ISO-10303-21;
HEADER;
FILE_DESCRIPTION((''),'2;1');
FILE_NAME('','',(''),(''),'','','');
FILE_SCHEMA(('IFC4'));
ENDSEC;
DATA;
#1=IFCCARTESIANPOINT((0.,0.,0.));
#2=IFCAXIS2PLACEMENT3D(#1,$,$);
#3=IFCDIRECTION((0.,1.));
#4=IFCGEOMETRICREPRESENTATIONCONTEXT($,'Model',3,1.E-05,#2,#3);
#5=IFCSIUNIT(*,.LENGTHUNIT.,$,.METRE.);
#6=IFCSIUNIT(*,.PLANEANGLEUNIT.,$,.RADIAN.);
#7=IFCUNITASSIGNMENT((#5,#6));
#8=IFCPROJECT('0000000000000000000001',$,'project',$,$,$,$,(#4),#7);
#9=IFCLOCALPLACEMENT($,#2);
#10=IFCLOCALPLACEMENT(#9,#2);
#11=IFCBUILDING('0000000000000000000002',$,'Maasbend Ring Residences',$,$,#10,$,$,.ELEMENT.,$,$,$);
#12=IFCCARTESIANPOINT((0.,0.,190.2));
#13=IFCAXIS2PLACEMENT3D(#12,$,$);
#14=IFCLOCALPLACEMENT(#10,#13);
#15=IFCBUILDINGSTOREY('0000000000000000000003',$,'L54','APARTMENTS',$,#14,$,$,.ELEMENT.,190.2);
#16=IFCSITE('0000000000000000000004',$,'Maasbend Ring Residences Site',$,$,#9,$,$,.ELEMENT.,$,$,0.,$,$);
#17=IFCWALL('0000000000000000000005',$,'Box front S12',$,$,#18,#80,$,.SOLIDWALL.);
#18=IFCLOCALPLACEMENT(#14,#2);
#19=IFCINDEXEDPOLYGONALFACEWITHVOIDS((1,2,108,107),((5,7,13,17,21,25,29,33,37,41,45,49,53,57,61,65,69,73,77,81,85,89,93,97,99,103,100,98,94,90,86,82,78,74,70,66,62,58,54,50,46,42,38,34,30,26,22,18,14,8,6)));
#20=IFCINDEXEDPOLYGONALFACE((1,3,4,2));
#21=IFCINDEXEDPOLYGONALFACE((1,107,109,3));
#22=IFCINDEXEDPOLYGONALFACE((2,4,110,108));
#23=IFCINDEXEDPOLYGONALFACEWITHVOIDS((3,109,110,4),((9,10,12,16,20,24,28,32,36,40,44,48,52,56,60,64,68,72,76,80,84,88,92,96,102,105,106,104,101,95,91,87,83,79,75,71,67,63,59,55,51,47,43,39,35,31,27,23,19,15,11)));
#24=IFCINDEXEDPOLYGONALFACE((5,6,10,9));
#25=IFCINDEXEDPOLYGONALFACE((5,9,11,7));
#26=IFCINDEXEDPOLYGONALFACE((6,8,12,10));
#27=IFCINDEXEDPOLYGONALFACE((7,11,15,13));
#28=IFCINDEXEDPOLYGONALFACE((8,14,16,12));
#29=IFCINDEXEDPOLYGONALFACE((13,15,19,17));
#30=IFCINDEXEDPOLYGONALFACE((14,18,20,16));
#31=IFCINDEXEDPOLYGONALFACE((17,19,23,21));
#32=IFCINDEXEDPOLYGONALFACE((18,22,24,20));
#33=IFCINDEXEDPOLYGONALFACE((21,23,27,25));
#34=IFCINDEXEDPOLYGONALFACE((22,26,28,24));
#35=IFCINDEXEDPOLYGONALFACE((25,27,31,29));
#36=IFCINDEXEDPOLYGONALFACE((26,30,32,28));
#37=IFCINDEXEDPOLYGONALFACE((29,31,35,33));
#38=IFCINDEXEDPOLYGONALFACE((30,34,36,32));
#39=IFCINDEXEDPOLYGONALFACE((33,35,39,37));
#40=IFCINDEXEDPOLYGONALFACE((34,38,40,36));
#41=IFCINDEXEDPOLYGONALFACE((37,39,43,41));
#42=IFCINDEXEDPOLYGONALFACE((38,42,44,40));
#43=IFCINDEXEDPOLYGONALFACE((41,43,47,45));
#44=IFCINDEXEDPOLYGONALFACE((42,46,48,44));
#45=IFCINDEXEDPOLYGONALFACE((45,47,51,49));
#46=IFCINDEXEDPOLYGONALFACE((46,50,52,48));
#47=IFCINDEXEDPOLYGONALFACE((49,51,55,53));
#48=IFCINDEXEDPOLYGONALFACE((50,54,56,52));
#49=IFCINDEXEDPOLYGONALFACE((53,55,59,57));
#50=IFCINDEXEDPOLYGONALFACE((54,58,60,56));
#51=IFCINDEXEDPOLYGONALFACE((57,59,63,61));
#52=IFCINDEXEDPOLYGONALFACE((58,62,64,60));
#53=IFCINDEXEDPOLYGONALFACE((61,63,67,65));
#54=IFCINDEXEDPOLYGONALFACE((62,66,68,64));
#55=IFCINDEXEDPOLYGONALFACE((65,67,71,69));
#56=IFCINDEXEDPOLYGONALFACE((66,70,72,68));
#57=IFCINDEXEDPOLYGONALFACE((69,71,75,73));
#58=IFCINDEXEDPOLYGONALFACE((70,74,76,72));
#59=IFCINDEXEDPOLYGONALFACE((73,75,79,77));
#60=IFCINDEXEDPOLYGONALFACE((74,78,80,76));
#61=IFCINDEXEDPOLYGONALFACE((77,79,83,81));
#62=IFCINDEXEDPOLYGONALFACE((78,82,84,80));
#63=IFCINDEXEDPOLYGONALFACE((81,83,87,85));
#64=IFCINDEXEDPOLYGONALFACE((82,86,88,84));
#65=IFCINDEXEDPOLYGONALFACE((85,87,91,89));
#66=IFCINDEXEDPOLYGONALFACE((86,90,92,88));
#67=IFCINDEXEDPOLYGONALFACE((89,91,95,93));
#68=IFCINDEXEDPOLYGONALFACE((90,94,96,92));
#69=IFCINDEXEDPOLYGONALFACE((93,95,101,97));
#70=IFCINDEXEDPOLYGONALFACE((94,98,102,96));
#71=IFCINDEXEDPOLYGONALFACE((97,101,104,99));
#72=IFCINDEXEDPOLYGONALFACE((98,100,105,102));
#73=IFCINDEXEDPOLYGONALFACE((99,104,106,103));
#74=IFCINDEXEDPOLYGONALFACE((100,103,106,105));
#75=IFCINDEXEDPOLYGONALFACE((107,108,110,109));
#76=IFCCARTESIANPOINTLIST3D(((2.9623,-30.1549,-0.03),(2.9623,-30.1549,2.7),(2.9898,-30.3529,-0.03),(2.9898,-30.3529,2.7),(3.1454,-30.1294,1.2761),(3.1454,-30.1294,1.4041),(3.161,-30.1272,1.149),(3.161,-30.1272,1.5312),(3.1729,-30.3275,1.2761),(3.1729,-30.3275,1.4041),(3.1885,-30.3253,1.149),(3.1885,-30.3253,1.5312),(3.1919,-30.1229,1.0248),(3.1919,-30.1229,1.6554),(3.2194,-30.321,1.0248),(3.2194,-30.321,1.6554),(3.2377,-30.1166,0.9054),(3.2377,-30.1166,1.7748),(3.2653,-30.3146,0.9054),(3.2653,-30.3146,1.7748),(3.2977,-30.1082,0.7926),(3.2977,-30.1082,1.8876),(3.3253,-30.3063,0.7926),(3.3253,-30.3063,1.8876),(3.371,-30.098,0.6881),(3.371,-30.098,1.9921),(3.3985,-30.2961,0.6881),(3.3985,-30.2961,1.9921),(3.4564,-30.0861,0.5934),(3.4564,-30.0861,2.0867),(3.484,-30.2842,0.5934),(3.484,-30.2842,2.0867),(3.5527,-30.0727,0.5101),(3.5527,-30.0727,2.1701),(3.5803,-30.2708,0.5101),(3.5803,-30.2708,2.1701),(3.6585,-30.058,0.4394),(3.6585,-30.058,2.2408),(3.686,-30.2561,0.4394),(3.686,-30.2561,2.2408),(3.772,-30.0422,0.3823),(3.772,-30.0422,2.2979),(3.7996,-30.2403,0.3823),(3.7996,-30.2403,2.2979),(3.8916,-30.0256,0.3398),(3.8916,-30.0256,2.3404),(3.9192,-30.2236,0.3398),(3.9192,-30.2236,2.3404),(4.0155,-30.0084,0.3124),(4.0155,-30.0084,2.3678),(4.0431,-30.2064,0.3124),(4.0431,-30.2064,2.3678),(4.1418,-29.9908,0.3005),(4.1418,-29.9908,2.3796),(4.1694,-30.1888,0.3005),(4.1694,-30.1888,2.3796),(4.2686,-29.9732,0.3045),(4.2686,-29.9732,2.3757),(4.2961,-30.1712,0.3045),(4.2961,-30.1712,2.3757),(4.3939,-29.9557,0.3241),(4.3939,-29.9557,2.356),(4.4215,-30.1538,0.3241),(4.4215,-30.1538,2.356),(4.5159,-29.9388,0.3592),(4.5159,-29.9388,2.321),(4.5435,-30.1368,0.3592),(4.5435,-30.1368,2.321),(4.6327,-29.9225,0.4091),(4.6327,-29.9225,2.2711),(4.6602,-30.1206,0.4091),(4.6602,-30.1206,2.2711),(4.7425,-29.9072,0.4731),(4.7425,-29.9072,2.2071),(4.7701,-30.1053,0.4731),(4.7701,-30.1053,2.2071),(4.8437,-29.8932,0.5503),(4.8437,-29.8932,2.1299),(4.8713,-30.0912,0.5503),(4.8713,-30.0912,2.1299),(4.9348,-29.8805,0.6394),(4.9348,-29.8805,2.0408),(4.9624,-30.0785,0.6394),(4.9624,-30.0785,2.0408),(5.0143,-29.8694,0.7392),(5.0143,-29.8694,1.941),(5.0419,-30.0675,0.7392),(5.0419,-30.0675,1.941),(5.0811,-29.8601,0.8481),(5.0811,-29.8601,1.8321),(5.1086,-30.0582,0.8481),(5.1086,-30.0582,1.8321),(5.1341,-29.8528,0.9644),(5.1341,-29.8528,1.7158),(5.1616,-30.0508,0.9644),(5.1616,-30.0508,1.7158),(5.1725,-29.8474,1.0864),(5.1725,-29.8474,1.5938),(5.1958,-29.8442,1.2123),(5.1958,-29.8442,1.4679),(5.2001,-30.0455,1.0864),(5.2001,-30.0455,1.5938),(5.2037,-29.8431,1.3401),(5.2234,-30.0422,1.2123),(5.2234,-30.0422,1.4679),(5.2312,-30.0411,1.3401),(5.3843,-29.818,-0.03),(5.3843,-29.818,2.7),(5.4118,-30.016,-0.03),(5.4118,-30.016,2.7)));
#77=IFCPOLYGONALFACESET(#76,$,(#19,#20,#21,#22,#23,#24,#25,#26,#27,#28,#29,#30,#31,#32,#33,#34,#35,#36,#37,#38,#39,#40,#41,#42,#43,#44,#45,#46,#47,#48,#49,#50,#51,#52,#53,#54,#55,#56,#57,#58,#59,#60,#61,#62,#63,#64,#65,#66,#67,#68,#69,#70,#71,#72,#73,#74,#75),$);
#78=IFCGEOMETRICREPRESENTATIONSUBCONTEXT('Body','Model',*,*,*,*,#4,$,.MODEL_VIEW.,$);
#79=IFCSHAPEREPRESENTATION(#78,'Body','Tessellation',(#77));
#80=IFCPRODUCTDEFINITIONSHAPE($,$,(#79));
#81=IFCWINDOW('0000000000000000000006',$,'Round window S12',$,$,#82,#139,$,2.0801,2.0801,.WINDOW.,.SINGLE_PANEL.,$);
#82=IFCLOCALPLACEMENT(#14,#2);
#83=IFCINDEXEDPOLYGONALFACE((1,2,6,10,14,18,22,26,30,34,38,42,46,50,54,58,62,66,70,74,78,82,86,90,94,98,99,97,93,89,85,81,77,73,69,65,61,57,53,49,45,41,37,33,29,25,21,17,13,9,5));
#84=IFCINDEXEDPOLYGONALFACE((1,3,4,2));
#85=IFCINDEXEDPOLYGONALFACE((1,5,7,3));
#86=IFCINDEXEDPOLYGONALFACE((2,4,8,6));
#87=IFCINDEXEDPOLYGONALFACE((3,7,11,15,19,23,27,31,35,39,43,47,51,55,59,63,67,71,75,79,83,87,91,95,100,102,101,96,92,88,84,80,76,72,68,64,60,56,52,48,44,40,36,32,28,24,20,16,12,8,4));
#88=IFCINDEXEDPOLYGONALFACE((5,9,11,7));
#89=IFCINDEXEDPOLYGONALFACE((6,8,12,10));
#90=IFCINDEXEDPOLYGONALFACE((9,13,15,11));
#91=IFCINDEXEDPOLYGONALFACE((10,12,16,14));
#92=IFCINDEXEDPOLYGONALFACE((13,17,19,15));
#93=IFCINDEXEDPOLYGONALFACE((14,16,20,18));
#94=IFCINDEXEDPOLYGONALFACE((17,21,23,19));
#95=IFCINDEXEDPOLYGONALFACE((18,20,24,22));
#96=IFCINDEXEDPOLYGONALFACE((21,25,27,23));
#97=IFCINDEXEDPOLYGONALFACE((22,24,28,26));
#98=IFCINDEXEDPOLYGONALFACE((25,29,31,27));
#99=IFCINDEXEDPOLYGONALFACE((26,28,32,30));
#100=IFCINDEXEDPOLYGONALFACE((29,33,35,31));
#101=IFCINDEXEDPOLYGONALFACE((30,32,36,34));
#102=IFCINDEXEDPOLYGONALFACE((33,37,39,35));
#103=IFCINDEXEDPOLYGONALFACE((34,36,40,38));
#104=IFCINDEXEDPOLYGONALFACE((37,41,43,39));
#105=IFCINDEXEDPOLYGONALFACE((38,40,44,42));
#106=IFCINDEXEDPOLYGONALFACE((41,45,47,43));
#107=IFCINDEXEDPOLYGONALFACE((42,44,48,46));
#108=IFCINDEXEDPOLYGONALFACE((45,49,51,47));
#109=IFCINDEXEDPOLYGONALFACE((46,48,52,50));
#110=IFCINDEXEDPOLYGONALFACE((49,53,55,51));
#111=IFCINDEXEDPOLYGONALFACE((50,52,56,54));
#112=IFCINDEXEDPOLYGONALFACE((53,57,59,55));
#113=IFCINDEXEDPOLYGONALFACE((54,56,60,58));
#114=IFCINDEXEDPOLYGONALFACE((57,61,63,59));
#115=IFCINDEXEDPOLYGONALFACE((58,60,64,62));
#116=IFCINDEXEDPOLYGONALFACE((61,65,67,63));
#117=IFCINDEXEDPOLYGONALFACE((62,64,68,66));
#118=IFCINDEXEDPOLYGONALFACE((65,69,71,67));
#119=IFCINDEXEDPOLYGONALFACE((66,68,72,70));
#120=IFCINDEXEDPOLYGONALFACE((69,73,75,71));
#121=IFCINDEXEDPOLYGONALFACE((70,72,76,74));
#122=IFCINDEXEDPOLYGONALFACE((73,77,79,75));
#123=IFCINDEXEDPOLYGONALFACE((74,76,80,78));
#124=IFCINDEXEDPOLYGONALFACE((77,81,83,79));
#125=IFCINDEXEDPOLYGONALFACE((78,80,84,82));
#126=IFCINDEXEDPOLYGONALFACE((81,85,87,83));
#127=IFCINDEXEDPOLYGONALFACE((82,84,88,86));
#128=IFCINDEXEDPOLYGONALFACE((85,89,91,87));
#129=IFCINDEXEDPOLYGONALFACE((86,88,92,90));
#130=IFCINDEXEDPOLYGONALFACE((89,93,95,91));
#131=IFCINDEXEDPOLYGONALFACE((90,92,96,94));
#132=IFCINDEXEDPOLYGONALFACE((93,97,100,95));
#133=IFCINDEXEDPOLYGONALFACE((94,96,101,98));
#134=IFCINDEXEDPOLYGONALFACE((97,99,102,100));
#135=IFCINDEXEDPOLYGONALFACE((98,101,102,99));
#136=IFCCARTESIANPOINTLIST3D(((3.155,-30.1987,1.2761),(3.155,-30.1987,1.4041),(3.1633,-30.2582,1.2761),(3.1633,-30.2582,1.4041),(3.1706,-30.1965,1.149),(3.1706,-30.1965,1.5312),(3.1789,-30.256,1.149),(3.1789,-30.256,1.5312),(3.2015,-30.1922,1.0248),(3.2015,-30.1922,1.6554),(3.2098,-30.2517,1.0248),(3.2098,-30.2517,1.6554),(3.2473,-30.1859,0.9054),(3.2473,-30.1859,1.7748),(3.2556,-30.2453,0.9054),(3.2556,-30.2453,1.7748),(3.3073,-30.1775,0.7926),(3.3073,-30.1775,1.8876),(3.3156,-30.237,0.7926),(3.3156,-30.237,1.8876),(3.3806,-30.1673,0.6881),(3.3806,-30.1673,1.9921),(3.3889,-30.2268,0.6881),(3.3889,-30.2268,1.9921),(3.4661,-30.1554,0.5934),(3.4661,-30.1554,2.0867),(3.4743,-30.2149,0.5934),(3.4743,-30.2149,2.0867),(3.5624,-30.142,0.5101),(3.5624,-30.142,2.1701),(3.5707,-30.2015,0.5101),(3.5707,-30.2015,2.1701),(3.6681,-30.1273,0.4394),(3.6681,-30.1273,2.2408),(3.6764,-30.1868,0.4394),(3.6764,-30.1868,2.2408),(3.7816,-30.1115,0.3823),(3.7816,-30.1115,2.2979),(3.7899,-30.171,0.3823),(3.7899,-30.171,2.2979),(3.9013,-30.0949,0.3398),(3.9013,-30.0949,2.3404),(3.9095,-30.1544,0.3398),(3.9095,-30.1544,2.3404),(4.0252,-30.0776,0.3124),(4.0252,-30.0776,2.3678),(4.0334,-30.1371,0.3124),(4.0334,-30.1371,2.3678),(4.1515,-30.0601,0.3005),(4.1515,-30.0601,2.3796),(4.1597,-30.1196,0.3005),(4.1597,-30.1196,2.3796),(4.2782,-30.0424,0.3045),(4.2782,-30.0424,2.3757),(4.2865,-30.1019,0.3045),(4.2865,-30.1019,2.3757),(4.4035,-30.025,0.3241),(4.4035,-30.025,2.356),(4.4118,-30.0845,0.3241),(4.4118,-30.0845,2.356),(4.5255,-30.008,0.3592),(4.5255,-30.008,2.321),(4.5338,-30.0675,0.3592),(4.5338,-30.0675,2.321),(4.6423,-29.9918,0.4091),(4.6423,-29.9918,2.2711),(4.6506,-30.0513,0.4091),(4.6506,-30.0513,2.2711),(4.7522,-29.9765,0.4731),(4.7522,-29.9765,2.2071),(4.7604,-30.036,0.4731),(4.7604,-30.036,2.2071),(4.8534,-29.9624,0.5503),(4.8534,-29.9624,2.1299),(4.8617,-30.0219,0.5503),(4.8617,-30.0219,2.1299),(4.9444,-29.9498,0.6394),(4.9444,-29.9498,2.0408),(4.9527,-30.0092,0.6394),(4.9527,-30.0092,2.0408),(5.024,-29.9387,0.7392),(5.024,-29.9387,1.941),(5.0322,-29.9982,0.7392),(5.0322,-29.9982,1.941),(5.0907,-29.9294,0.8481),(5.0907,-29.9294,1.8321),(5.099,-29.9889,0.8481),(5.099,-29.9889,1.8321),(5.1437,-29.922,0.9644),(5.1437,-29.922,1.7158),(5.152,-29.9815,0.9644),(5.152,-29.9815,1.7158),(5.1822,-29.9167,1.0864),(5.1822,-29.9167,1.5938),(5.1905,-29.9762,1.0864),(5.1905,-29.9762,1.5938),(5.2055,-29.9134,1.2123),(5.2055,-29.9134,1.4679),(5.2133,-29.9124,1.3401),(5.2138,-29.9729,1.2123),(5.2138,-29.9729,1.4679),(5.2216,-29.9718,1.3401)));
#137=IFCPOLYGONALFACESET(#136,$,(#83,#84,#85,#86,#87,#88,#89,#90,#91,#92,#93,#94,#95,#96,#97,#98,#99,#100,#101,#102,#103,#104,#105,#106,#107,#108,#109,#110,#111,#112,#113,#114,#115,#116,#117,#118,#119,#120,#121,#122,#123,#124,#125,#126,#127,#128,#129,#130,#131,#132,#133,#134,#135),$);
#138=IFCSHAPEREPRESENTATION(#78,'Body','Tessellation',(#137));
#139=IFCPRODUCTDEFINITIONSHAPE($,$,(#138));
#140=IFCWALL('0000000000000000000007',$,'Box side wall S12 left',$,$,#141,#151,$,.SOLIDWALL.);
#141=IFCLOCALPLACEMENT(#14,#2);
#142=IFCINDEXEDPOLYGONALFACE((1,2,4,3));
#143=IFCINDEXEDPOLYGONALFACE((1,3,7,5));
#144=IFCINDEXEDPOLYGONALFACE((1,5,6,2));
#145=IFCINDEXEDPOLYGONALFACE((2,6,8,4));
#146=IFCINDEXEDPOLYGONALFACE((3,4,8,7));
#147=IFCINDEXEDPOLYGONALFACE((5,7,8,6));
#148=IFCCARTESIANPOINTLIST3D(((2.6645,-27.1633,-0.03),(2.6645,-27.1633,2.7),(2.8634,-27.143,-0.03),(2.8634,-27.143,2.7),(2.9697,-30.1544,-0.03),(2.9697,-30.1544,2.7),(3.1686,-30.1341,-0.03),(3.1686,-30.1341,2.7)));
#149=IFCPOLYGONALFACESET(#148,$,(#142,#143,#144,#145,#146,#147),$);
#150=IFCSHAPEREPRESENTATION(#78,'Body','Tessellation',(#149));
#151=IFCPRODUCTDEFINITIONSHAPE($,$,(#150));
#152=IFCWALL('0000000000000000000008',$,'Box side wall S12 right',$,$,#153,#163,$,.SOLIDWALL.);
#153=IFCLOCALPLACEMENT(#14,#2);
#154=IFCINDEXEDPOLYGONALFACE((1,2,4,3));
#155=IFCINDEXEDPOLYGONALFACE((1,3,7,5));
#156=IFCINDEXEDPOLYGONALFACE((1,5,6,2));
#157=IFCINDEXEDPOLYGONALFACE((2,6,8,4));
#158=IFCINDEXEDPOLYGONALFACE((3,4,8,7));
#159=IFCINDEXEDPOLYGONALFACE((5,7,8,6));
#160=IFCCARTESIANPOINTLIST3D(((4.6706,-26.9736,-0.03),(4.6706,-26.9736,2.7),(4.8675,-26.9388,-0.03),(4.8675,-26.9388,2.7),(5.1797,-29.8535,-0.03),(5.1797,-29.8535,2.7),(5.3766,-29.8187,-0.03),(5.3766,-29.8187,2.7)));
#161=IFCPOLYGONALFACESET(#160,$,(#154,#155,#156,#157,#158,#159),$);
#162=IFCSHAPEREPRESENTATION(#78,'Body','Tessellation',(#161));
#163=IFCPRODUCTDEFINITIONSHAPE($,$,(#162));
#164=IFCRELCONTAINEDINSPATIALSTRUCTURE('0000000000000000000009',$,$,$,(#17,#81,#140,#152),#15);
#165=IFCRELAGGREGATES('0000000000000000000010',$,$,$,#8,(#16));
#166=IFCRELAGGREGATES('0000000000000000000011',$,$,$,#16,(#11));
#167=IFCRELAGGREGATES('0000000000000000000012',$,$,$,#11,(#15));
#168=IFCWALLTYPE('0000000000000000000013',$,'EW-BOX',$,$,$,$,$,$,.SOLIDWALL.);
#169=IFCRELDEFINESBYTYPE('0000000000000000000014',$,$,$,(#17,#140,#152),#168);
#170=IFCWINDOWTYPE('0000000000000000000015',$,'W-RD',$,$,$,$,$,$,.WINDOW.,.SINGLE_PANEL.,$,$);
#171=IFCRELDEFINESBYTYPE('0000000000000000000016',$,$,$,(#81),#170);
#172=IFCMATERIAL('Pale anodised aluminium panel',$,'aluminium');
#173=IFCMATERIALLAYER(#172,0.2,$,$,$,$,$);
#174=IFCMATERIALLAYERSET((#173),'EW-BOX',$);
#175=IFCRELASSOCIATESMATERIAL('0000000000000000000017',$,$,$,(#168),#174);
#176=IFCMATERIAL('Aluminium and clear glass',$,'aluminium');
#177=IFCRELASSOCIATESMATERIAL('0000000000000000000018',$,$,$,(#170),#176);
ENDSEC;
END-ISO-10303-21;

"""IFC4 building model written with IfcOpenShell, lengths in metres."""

from ifc_helpers import new_model, si_unit, direction, frame, frame_2d, origin, place, context, subcontext, project, spatial, rectangle, circle, extrude, material, layer, layer_set, type_object, element, fill, save


model = new_model("IFC4")

# Units and contexts
model_context = context("Model", 3, precision=1e-05, world=origin(), true_north=direction((0.0, 1.0)))
body_context = subcontext(model_context, "Body", "Model", "MODEL_VIEW")
ifc_project = project(units=[si_unit("LENGTHUNIT", "METRE"), si_unit("PLANEANGLEUNIT", "RADIAN")], contexts=[model_context])

# Site, building, storey
site_placement = place(None, origin())
site = spatial("IfcSite", under=ifc_project, at=site_placement, Name="Maasbend Ring Residences Site", CompositionType="ELEMENT", RefElevation=0.0)
building_placement = place(site_placement, origin())
building = spatial("IfcBuilding", under=site, at=building_placement, Name="Maasbend Ring Residences", CompositionType="ELEMENT")
storey_placement = place(building_placement, frame((0.0, 0.0, 190.2)))
storey = spatial("IfcBuildingStorey", under=building, at=storey_placement, Name="L54", Description="APARTMENTS", CompositionType="ELEMENT", Elevation=190.2)

# Wall, opening, window
ifc_material_1 = material(Name="Pale anodised aluminium panel", Category="aluminium")
ifc_layer_1 = layer(ifc_material_1, 0.2)
ifc_layer_set_1 = layer_set([ifc_layer_1], Name="EW-BOX")
wall_type_1 = type_object("IfcWallType", Name="EW-BOX", PredefinedType="SOLIDWALL", material=ifc_layer_set_1)
wall_1_placement = place(storey_placement, frame((2.9761, -30.2539, -0.03), z_axis=(0.0, 0.0, 1.0), x_axis=(0.990462, 0.137786, 0.0)))
wall_1 = element("IfcWall", 1, at=wall_1_placement, inside=storey, type_object=wall_type_1, Name="Box front S12", PredefinedType="SOLIDWALL", context=body_context, shape_type="SweptSolid", body=[
    extrude(rectangle(XDim=2.4453, YDim=0.2, at=frame_2d((1.2227, 0.0))), origin(), (0.0, 0.0, 1.0), 2.73),
])
opening_1_placement = place(wall_1_placement, frame((0.1829, 0.0, 0.3301)))
opening_1 = element("IfcOpeningElement", 2, at=opening_1_placement, cuts=wall_1, PredefinedType="OPENING", context=body_context, shape_type="SweptSolid", body=[
    extrude(circle(Radius=1.04, at=frame_2d((1.04, 1.04))), frame((0.0, 0.1099, 0.0), z_axis=(0.0, -1.0, 0.0), x_axis=(1.0, 0.0, 0.0)), (0.0, 0.0, 1.0), 0.22),
])
ifc_material_2 = material(Name="Aluminium and clear glass", Category="aluminium")
window_type_1 = type_object("IfcWindowType", Name="W-RD", PartitioningType="SINGLE_PANEL", PredefinedType="WINDOW", material=ifc_material_2)
window_1_placement = place(opening_1_placement, origin())
window_1 = element("IfcWindow", 3, at=window_1_placement, inside=storey, type_object=window_type_1, Name="Round window S12", OverallHeight=2.0801, OverallWidth=2.0801, PartitioningType="SINGLE_PANEL", PredefinedType="WINDOW", context=body_context, shape_type="SweptSolid", body=[
    extrude(circle(Radius=1.04, at=frame_2d((1.04, 1.04))), frame((0.0, 0.03, 0.0), z_axis=(0.0, -1.0, 0.0), x_axis=(1.0, 0.0, 0.0)), (0.0, 0.0, 1.0), 0.0601),
])
fill(opening_1, window_1)

# Walls
wall_2_placement = place(storey_placement, frame((2.7639, -27.1531, -0.03), z_axis=(0.0, 0.0, 1.0), x_axis=(0.101505, -0.994835, 0.0)))
element("IfcWall", 4, at=wall_2_placement, inside=storey, type_object=wall_type_1, Name="Box side wall S12 left", PredefinedType="SOLIDWALL", context=body_context, shape_type="SweptSolid", body=[
    extrude(rectangle(XDim=3.0066, YDim=0.2, at=frame_2d((1.5034, 0.0))), origin(), (0.0, 0.0, 1.0), 2.73),
])
wall_3_placement = place(storey_placement, frame((4.769, -26.9561, -0.03), z_axis=(0.0, 0.0, 1.0), x_axis=(0.174057, -0.984736, 0.0)))
element("IfcWall", 5, at=wall_3_placement, inside=storey, type_object=wall_type_1, Name="Box side wall S12 right", PredefinedType="SOLIDWALL", context=body_context, shape_type="SweptSolid", body=[
    extrude(rectangle(XDim=2.9246, YDim=0.2, at=frame_2d((1.4624, 0.0))), origin(), (0.0, 0.0, 1.0), 2.73),
])

save(model, "model.ifc")
